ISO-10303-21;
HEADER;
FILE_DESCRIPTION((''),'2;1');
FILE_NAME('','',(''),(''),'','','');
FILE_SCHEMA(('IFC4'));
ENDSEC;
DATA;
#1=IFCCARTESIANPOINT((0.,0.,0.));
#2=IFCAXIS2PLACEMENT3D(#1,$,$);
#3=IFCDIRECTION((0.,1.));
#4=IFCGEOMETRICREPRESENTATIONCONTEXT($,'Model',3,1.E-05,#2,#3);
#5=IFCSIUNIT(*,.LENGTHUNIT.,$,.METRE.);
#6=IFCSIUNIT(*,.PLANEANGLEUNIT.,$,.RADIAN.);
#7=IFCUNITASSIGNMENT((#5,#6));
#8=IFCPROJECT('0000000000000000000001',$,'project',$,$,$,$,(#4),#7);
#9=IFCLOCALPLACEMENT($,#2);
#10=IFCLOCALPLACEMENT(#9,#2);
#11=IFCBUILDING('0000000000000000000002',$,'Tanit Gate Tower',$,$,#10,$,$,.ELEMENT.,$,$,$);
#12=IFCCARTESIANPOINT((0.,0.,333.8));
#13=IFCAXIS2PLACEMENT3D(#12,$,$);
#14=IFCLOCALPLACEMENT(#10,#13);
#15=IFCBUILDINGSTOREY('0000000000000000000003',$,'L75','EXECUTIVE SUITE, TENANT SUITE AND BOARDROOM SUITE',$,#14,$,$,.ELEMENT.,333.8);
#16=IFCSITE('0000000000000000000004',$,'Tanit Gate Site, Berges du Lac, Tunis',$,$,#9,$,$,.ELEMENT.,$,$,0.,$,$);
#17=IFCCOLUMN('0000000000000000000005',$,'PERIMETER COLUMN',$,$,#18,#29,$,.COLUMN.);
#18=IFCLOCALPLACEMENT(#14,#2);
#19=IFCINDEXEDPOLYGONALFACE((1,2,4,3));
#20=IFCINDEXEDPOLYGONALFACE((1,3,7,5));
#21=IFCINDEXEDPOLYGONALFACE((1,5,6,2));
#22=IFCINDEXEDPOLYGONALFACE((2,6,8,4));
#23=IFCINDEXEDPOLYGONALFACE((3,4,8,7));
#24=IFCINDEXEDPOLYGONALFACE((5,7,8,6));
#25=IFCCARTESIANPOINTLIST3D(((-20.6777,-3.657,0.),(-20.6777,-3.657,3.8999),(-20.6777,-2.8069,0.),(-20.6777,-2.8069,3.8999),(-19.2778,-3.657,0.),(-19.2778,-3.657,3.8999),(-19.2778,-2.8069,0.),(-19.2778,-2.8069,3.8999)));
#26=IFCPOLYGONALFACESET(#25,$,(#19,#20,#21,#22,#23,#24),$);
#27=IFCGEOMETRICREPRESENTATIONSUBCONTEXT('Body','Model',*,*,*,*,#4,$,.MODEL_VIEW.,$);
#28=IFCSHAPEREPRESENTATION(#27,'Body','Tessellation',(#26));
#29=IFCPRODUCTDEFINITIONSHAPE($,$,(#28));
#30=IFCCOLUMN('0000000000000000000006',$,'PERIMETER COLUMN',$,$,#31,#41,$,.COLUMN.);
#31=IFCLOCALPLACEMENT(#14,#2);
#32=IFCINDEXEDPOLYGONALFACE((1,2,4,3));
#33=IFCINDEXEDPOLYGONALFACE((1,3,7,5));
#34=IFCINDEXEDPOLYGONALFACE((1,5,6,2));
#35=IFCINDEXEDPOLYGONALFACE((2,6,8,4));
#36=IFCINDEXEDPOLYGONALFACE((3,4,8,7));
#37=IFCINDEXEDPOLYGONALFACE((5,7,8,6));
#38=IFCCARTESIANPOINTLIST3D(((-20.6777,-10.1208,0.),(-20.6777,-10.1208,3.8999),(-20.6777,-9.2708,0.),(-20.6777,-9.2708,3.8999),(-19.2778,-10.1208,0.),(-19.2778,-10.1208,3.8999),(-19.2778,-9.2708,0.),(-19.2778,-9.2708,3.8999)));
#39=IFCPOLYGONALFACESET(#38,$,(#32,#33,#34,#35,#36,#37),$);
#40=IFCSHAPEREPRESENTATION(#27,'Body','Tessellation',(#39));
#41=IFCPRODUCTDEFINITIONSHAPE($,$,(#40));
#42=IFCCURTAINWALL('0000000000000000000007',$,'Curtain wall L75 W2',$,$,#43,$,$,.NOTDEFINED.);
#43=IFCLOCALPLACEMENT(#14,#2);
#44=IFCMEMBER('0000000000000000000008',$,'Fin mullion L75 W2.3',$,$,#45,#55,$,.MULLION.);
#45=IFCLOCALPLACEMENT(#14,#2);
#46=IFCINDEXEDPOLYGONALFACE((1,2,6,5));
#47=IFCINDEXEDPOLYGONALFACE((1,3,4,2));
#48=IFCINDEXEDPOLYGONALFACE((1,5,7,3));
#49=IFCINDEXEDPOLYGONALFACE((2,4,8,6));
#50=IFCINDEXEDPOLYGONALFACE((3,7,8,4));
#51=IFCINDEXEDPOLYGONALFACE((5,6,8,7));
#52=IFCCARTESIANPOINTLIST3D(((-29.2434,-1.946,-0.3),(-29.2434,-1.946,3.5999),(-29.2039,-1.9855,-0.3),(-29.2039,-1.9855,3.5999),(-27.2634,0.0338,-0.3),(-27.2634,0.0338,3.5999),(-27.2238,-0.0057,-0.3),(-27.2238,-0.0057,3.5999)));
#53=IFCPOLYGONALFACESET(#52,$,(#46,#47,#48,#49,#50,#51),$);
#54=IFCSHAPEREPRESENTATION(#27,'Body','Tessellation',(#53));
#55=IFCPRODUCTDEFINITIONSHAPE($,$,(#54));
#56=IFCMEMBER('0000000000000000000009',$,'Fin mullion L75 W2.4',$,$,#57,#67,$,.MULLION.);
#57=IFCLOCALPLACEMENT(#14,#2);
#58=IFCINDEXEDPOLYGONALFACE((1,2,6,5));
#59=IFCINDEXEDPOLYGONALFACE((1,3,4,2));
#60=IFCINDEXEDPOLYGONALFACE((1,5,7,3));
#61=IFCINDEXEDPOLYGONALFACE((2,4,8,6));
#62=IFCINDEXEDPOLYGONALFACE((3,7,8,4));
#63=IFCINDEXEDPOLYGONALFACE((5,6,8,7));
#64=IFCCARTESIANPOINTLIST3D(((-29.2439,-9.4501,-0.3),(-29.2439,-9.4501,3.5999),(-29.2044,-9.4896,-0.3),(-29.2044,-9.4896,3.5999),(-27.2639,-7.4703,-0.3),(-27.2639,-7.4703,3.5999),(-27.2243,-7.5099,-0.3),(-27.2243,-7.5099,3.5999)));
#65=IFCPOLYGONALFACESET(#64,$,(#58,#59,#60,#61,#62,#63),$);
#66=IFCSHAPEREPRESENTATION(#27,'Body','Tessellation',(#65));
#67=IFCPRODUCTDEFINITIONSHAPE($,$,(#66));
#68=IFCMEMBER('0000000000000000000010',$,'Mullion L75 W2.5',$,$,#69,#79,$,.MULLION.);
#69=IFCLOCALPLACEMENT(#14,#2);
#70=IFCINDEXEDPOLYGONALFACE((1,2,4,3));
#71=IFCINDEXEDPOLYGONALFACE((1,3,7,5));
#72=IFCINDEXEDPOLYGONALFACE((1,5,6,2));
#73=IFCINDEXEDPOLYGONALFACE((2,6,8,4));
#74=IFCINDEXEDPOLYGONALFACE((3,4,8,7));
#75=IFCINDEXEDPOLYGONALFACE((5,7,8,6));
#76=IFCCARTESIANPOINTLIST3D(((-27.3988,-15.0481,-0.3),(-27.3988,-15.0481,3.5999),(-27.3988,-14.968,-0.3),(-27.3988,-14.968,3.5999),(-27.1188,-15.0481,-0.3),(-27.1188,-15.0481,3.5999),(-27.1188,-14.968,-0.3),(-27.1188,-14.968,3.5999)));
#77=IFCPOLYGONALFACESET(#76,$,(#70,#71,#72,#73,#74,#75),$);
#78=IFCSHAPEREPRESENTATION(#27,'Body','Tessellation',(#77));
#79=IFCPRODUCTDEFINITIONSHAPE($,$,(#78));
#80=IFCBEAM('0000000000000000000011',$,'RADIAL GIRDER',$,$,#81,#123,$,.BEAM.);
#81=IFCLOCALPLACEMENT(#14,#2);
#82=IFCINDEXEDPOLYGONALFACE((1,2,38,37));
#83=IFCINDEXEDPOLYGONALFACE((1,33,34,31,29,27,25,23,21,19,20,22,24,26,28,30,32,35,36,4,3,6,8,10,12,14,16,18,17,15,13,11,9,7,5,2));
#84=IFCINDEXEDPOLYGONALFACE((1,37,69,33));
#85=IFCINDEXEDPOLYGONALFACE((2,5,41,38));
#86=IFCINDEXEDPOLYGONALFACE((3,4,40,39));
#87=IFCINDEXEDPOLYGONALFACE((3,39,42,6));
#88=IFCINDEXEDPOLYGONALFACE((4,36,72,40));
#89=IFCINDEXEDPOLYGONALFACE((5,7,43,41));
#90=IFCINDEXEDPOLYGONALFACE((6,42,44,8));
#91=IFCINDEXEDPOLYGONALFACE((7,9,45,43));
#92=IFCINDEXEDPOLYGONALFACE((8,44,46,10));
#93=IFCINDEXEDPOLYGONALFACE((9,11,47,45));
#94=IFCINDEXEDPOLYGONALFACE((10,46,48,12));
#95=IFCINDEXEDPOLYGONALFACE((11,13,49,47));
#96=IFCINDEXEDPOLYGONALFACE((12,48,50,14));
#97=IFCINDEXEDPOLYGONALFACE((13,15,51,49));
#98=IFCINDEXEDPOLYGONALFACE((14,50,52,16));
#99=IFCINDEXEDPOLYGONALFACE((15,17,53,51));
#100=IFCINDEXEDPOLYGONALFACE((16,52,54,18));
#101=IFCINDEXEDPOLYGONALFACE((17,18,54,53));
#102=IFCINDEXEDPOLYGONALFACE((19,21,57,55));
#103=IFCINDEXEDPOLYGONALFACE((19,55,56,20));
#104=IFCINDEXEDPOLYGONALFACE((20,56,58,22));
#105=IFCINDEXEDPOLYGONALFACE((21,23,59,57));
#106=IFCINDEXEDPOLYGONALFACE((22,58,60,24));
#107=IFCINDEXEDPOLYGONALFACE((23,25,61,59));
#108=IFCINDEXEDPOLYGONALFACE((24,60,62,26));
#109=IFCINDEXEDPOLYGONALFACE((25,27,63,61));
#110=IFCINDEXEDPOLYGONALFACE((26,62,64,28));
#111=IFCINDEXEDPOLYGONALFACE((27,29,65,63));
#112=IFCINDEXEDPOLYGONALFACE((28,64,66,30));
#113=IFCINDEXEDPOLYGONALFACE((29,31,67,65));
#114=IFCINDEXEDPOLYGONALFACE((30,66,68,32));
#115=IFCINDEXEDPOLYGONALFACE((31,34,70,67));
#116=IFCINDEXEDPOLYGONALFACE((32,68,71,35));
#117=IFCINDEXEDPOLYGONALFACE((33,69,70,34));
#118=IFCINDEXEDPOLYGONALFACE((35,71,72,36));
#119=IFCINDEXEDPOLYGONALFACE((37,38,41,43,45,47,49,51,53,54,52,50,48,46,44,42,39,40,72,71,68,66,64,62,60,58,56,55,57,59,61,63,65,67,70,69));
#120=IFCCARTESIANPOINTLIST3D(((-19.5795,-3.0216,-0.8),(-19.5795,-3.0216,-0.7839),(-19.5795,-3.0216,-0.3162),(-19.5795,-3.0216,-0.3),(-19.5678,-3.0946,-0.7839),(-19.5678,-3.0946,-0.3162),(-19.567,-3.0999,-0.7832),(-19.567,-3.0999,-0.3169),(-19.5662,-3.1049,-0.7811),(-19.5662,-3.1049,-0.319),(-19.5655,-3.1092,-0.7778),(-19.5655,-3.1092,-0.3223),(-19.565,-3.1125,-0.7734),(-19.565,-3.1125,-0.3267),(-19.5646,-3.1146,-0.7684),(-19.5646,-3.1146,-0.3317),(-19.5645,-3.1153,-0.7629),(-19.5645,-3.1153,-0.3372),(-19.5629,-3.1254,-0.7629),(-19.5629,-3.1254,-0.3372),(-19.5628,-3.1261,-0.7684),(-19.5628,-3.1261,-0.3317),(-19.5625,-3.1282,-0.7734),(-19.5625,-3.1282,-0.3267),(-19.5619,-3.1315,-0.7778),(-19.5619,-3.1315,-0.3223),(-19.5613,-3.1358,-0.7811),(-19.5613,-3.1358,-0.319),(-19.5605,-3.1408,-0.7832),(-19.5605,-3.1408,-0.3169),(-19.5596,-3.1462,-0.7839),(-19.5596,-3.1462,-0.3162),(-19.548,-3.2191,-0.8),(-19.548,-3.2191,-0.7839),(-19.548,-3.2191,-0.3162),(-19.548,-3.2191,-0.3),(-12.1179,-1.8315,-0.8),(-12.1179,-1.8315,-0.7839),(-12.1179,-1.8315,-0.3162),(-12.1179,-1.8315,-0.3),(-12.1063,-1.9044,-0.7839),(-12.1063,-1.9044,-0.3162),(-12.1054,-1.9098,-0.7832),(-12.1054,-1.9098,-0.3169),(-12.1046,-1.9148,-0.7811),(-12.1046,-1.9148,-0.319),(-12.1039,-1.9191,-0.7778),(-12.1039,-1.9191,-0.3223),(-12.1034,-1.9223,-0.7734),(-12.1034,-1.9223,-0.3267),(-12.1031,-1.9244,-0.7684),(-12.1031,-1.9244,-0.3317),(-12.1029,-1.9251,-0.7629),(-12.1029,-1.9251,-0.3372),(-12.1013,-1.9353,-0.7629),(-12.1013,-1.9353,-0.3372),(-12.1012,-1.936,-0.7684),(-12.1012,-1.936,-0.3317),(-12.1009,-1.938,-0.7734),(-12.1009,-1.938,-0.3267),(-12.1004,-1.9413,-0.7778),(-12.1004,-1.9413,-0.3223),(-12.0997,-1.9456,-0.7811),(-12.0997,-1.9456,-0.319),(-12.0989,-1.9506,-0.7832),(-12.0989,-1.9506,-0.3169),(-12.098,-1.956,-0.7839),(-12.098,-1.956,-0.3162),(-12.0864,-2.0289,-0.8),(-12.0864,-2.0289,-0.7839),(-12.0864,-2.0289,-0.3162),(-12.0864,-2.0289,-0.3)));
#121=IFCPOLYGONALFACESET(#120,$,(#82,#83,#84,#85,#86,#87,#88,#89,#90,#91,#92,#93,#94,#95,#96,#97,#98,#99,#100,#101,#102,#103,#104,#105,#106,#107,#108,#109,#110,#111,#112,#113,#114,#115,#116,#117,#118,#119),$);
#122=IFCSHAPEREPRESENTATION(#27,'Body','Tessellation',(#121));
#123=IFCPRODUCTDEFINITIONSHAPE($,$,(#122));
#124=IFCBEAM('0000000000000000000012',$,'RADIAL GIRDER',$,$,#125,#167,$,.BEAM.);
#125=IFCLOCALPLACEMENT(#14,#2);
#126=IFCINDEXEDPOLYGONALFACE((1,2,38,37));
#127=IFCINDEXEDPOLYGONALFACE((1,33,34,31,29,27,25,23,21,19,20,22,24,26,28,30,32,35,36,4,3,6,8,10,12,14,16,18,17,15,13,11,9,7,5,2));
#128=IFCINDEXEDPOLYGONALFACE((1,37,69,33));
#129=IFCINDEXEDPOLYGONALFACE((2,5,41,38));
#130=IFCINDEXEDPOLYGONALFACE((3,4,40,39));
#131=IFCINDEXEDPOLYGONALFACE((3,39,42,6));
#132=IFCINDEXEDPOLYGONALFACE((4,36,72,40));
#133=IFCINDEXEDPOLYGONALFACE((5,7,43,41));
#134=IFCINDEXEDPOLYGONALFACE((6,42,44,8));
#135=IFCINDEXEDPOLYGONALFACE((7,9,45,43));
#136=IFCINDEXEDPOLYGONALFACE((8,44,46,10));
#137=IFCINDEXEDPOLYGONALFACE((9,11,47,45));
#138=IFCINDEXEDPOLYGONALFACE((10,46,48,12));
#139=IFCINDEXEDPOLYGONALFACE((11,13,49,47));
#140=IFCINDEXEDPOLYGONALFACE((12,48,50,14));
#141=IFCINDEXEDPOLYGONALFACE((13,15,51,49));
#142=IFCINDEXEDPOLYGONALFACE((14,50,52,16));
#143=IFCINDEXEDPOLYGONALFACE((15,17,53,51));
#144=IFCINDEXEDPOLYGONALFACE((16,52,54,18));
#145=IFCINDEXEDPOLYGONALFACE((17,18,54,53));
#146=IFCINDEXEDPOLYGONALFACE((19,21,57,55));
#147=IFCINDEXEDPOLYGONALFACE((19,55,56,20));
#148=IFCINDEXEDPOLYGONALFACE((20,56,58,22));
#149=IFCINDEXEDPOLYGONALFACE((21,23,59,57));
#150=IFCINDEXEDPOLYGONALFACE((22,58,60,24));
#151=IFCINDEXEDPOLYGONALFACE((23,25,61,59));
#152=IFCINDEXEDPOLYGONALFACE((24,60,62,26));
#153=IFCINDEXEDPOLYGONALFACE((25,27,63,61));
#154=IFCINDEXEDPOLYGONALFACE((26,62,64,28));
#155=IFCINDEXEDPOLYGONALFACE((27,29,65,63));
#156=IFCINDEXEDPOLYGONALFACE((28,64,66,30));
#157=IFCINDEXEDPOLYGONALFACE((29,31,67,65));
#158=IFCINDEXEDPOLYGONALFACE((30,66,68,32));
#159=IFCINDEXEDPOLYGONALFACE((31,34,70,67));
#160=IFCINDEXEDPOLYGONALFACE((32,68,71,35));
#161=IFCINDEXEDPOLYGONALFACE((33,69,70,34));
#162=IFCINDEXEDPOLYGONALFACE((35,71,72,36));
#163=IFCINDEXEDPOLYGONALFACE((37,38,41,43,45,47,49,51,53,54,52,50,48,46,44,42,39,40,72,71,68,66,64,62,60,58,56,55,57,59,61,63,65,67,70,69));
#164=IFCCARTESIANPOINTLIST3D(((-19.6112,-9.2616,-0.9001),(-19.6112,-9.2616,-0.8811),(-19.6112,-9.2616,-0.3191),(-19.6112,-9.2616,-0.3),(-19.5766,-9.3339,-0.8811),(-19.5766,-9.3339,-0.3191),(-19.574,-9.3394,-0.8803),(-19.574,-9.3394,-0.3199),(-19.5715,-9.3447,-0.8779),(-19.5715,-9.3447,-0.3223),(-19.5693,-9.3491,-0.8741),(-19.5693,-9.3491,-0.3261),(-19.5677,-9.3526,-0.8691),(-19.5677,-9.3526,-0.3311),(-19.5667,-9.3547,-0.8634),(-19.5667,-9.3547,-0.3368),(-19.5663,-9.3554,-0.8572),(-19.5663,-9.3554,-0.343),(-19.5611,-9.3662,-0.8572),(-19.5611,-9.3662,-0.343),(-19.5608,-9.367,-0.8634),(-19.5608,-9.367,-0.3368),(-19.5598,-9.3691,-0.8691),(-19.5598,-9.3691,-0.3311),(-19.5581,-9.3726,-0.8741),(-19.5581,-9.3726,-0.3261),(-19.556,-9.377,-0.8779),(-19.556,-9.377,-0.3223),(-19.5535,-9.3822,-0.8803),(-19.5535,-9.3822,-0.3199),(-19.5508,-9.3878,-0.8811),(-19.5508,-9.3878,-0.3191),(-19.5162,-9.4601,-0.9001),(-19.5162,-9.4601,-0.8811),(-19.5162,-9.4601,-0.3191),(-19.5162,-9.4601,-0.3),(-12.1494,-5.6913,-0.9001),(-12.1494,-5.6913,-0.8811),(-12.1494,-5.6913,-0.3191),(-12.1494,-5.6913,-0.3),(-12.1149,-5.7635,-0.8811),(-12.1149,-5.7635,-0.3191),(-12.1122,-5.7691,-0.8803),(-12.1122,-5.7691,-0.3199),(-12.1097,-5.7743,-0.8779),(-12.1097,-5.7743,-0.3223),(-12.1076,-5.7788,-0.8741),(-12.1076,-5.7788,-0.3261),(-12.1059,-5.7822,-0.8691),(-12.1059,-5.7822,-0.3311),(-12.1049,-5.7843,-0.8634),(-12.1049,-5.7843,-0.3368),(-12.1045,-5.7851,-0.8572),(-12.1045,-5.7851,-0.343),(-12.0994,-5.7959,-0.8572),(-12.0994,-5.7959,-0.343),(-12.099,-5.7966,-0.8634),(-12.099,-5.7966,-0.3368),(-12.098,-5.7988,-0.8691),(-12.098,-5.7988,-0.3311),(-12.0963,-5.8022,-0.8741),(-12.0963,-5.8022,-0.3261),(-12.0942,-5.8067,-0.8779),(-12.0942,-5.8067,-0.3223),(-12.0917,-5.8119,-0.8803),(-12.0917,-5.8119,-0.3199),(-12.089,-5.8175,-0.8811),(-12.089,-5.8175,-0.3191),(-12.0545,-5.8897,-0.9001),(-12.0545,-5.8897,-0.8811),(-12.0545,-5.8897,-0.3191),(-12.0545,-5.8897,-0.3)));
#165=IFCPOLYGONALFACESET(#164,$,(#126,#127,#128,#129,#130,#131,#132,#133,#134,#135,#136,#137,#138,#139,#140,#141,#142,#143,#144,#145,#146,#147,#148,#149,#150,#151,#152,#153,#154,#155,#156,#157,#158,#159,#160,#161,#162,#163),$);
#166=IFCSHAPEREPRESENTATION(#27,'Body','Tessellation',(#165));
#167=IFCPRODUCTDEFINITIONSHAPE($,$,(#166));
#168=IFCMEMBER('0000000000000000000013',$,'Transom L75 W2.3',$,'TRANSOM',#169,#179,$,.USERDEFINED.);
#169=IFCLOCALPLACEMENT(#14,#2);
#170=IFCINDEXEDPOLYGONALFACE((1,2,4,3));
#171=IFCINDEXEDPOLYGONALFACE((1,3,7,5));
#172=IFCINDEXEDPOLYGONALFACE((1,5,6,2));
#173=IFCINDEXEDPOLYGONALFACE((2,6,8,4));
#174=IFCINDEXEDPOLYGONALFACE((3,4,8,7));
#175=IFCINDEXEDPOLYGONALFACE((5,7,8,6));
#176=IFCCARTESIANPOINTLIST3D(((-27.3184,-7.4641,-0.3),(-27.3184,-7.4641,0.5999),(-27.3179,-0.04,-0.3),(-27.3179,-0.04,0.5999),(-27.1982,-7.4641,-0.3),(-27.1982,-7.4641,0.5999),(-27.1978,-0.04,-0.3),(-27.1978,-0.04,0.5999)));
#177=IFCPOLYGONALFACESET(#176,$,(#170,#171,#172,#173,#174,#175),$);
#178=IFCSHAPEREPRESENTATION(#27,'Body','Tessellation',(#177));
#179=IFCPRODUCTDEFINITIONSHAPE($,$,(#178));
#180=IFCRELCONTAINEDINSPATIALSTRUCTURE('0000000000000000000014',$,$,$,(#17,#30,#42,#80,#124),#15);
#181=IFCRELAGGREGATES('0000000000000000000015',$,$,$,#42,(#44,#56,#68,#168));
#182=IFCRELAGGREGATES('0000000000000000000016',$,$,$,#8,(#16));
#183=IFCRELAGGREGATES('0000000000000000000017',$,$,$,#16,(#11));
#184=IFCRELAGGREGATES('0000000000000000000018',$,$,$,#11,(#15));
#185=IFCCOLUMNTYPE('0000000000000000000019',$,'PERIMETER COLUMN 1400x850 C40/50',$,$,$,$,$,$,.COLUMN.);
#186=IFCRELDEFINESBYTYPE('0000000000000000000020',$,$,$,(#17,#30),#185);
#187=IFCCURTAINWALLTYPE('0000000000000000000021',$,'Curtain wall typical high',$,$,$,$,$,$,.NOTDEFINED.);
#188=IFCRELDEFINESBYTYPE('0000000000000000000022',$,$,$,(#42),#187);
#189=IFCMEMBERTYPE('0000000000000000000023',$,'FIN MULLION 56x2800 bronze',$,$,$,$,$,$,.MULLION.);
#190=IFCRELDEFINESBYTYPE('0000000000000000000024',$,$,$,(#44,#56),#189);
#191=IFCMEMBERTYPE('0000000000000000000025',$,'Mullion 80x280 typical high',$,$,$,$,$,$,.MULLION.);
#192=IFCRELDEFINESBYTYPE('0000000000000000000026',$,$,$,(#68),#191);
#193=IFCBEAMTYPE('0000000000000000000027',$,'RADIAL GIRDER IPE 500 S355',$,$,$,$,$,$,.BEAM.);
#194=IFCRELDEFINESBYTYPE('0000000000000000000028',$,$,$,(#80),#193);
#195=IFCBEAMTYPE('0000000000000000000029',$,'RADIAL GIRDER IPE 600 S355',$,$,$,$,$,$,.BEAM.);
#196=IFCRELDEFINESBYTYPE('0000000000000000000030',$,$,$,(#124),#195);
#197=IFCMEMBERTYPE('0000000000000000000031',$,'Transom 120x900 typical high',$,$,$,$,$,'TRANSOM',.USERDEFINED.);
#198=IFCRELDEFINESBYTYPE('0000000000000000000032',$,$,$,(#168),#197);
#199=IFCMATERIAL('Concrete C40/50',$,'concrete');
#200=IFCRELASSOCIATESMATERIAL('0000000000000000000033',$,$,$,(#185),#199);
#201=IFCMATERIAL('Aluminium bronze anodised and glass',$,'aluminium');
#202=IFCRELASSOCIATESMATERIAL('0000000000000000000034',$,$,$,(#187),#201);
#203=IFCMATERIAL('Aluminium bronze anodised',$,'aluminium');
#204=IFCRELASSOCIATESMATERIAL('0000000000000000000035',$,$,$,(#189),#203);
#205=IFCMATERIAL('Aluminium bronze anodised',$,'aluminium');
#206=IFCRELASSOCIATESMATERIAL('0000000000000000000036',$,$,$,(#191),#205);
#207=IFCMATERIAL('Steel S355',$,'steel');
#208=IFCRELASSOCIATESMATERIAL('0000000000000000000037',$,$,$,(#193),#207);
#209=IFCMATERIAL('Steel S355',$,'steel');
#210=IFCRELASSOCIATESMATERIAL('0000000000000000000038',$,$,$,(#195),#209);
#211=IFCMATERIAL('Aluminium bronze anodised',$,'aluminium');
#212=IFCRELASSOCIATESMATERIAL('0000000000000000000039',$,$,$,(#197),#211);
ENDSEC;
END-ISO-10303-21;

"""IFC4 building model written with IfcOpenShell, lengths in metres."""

from ifc_helpers import new_model, si_unit, direction, frame, origin, origin_2d, place, context, subcontext, project, spatial, rectangle, i_section, extrude, material, material_profile, profile_set, type_object, element, aggregate, save


model = new_model("IFC4")

# Units and contexts
model_context = context("Model", 3, precision=1e-05, world=origin(), true_north=direction((0.0, 1.0)))
body_context = subcontext(model_context, "Body", "Model", "MODEL_VIEW")
ifc_project = project(units=[si_unit("LENGTHUNIT", "METRE"), si_unit("PLANEANGLEUNIT", "RADIAN")], contexts=[model_context])

# Site, building, storey
site_placement = place(None, origin())
site = spatial("IfcSite", under=ifc_project, at=site_placement, Name="Tanit Gate Site, Berges du Lac, Tunis", CompositionType="ELEMENT", RefElevation=0.0)
building_placement = place(site_placement, origin())
building = spatial("IfcBuilding", under=site, at=building_placement, Name="Tanit Gate Tower", CompositionType="ELEMENT")
storey_placement = place(building_placement, frame((0.0, 0.0, 333.8)))
storey = spatial("IfcBuildingStorey", under=building, at=storey_placement, Name="L75", Description="EXECUTIVE SUITE, TENANT SUITE AND BOARDROOM SUITE", CompositionType="ELEMENT", Elevation=333.8)

# Columns
ifc_material_1 = material(Name="Concrete C40/50", Category="concrete")
ifc_material_profile_1 = material_profile(ifc_material_1, rectangle(XDim=1.3999, YDim=0.8501, at=origin_2d()), Name="RC 1400x850")
ifc_profile_set_1 = profile_set([ifc_material_profile_1], Name="Concrete C40/50")
column_type = type_object("IfcColumnType", Name="PERIMETER COLUMN 1400x850 C40/50", PredefinedType="COLUMN", material=ifc_profile_set_1)
for number, where, z_axis, x_axis, name in (
    (1, (-19.9778, -3.2319, 0.0), (0.0, 0.0, 1.0), (-1.0, 0.0, 0.0), "PERIMETER COLUMN"),
    (2, (-19.9778, -9.6958, 0.0), (0.0, 0.0, 1.0), (-1.0, 0.0, 0.0), "PERIMETER COLUMN"),
):
    element("IfcColumn", number, at=place(storey_placement, frame(where, z_axis=z_axis, x_axis=x_axis)), inside=storey, type_object=column_type, Name=name, PredefinedType="COLUMN", context=body_context, shape_type="SweptSolid", body=[
        extrude(rectangle(XDim=1.3999, YDim=0.8501, at=origin_2d()), origin(), (0.0, 0.0, 1.0), 3.8999),
    ])

# Curtain wall, members
ifc_material_2 = material(Name="Aluminium bronze anodised and glass", Category="aluminium")
curtain_wall_type = type_object("IfcCurtainWallType", Name="Curtain wall typical high", PredefinedType="NOTDEFINED", material=ifc_material_2)
curtain_wall_placement = place(storey_placement, origin())
curtain_wall = element("IfcCurtainWall", 3, at=curtain_wall_placement, inside=storey, type_object=curtain_wall_type, Name="Curtain wall L75 W2", PredefinedType="NOTDEFINED")
ifc_material_3 = material(Name="Aluminium bronze anodised", Category="aluminium")
ifc_material_profile_2 = material_profile(ifc_material_3, rectangle(XDim=2.8, YDim=0.0559, at=origin_2d()), Name="56x2800 bronze fin mullion")
ifc_profile_set_2 = profile_set([ifc_material_profile_2], Name="Aluminium bronze anodised")
member_type_1 = type_object("IfcMemberType", Name="FIN MULLION 56x2800 bronze", PredefinedType="MULLION", material=ifc_profile_set_2)
member_1_placement = place(storey_placement, frame((-28.2336, -0.9758, -0.3), z_axis=(0.0, 0.0, 1.0), x_axis=(0.707156, 0.707058, 0.0)))
member_1 = element("IfcMember", 4, at=member_1_placement, type_object=member_type_1, Name="Fin mullion L75 W2.3", PredefinedType="MULLION", context=body_context, shape_type="SweptSolid", body=[
    extrude(rectangle(XDim=2.8, YDim=0.0559, at=origin_2d()), origin(), (0.0, 0.0, 1.0), 3.8999),
])
member_2_placement = place(storey_placement, frame((-28.2341, -8.48, -0.3), z_axis=(0.0, 0.0, 1.0), x_axis=(0.707156, 0.707058, 0.0)))
member_2 = element("IfcMember", 5, at=member_2_placement, type_object=member_type_1, Name="Fin mullion L75 W2.4", PredefinedType="MULLION", context=body_context, shape_type="SweptSolid", body=[
    extrude(rectangle(XDim=2.8, YDim=0.0559, at=origin_2d()), origin(), (0.0, 0.0, 1.0), 3.8999),
])
ifc_material_4 = material(Name="Aluminium bronze anodised", Category="aluminium")
ifc_material_profile_3 = material_profile(ifc_material_4, rectangle(XDim=0.28, YDim=0.0801, at=origin_2d()), Name="80x280 bronze mullion")
ifc_profile_set_3 = profile_set([ifc_material_profile_3], Name="Aluminium bronze anodised")
member_type_2 = type_object("IfcMemberType", Name="Mullion 80x280 typical high", PredefinedType="MULLION", material=ifc_profile_set_3)
member_3_placement = place(storey_placement, frame((-27.2588, -15.0081, -0.3), z_axis=(0.0, 0.0, 1.0), x_axis=(1.0, -0.000069, 0.0)))
member_3 = element("IfcMember", 6, at=member_3_placement, type_object=member_type_2, Name="Mullion L75 W2.5", PredefinedType="MULLION", context=body_context, shape_type="SweptSolid", body=[
    extrude(rectangle(XDim=0.28, YDim=0.0801, at=origin_2d()), origin(), (0.0, 0.0, 1.0), 3.8999),
])

# Beams
ifc_material_5 = material(Name="Steel S355", Category="steel")
ifc_material_profile_4 = material_profile(ifc_material_5, i_section(OverallWidth=0.2, OverallDepth=0.5, WebThickness=0.0103, FlangeThickness=0.0161, FilletRadius=0.021, at=origin_2d()), Name="IPE 500")
ifc_profile_set_4 = profile_set([ifc_material_profile_4], Name="Steel S355")
beam_type_1 = type_object("IfcBeamType", Name="RADIAL GIRDER IPE 500 S355", PredefinedType="BEAM", material=ifc_profile_set_4)
beam_1_placement = place(storey_placement, frame((-19.5637, -3.1204, -0.55), z_axis=(0.987517, 0.157515, 0.0), x_axis=(-0.157515, 0.987517, 0.0)))
element("IfcBeam", 7, at=beam_1_placement, inside=storey, type_object=beam_type_1, Name="RADIAL GIRDER", PredefinedType="BEAM", context=body_context, shape_type="SweptSolid", body=[
    extrude(i_section(OverallWidth=0.2, OverallDepth=0.5, WebThickness=0.0103, FlangeThickness=0.0161, FilletRadius=0.021, at=origin_2d()), origin(), (0.0, 0.0, 1.0), 7.5559),
])
ifc_material_6 = material(Name="Steel S355", Category="steel")
ifc_material_profile_5 = material_profile(ifc_material_6, i_section(OverallWidth=0.22, OverallDepth=0.6001, WebThickness=0.012, FlangeThickness=0.019, FilletRadius=0.0239, at=origin_2d()), Name="IPE 600")
ifc_profile_set_5 = profile_set([ifc_material_profile_5], Name="Steel S355")
beam_type_2 = type_object("IfcBeamType", Name="RADIAL GIRDER IPE 600 S355", PredefinedType="BEAM", material=ifc_profile_set_5)
beam_2_placement = place(storey_placement, frame((-19.5637, -9.3608, -0.6001), z_axis=(0.902055, 0.431622, 0.0), x_axis=(-0.431622, 0.902055, 0.0)))
element("IfcBeam", 8, at=beam_2_placement, inside=storey, type_object=beam_type_2, Name="RADIAL GIRDER", PredefinedType="BEAM", context=body_context, shape_type="SweptSolid", body=[
    extrude(i_section(OverallWidth=0.22, OverallDepth=0.6001, WebThickness=0.012, FlangeThickness=0.019, FilletRadius=0.0239, at=origin_2d()), origin(), (0.0, 0.0, 1.0), 8.272),
])

# Member
ifc_material_7 = material(Name="Aluminium bronze anodised", Category="aluminium")
ifc_material_profile_6 = material_profile(ifc_material_7, rectangle(XDim=0.1201, YDim=0.8999, at=origin_2d()), Name="120x900 bronze transom")
ifc_profile_set_6 = profile_set([ifc_material_profile_6], Name="Aluminium bronze anodised")
member_type_3 = type_object("IfcMemberType", Name="Transom 120x900 typical high", ElementType="TRANSOM", PredefinedType="USERDEFINED", material=ifc_profile_set_6)
member_4_placement = place(storey_placement, frame((-27.2578, -0.04, 0.1499), z_axis=(-0.000066, -1.0, 0.0), x_axis=(1.0, -0.000066, 0.0)))
member_4 = element("IfcMember", 9, at=member_4_placement, type_object=member_type_3, Name="Transom L75 W2.3", ObjectType="TRANSOM", PredefinedType="USERDEFINED", context=body_context, shape_type="SweptSolid", body=[
    extrude(rectangle(XDim=0.1201, YDim=0.8999, at=origin_2d()), origin(), (0.0, 0.0, 1.0), 7.4241),
])

aggregate(curtain_wall, [member_1, member_2, member_3, member_4])

save(model, "model.ifc")
